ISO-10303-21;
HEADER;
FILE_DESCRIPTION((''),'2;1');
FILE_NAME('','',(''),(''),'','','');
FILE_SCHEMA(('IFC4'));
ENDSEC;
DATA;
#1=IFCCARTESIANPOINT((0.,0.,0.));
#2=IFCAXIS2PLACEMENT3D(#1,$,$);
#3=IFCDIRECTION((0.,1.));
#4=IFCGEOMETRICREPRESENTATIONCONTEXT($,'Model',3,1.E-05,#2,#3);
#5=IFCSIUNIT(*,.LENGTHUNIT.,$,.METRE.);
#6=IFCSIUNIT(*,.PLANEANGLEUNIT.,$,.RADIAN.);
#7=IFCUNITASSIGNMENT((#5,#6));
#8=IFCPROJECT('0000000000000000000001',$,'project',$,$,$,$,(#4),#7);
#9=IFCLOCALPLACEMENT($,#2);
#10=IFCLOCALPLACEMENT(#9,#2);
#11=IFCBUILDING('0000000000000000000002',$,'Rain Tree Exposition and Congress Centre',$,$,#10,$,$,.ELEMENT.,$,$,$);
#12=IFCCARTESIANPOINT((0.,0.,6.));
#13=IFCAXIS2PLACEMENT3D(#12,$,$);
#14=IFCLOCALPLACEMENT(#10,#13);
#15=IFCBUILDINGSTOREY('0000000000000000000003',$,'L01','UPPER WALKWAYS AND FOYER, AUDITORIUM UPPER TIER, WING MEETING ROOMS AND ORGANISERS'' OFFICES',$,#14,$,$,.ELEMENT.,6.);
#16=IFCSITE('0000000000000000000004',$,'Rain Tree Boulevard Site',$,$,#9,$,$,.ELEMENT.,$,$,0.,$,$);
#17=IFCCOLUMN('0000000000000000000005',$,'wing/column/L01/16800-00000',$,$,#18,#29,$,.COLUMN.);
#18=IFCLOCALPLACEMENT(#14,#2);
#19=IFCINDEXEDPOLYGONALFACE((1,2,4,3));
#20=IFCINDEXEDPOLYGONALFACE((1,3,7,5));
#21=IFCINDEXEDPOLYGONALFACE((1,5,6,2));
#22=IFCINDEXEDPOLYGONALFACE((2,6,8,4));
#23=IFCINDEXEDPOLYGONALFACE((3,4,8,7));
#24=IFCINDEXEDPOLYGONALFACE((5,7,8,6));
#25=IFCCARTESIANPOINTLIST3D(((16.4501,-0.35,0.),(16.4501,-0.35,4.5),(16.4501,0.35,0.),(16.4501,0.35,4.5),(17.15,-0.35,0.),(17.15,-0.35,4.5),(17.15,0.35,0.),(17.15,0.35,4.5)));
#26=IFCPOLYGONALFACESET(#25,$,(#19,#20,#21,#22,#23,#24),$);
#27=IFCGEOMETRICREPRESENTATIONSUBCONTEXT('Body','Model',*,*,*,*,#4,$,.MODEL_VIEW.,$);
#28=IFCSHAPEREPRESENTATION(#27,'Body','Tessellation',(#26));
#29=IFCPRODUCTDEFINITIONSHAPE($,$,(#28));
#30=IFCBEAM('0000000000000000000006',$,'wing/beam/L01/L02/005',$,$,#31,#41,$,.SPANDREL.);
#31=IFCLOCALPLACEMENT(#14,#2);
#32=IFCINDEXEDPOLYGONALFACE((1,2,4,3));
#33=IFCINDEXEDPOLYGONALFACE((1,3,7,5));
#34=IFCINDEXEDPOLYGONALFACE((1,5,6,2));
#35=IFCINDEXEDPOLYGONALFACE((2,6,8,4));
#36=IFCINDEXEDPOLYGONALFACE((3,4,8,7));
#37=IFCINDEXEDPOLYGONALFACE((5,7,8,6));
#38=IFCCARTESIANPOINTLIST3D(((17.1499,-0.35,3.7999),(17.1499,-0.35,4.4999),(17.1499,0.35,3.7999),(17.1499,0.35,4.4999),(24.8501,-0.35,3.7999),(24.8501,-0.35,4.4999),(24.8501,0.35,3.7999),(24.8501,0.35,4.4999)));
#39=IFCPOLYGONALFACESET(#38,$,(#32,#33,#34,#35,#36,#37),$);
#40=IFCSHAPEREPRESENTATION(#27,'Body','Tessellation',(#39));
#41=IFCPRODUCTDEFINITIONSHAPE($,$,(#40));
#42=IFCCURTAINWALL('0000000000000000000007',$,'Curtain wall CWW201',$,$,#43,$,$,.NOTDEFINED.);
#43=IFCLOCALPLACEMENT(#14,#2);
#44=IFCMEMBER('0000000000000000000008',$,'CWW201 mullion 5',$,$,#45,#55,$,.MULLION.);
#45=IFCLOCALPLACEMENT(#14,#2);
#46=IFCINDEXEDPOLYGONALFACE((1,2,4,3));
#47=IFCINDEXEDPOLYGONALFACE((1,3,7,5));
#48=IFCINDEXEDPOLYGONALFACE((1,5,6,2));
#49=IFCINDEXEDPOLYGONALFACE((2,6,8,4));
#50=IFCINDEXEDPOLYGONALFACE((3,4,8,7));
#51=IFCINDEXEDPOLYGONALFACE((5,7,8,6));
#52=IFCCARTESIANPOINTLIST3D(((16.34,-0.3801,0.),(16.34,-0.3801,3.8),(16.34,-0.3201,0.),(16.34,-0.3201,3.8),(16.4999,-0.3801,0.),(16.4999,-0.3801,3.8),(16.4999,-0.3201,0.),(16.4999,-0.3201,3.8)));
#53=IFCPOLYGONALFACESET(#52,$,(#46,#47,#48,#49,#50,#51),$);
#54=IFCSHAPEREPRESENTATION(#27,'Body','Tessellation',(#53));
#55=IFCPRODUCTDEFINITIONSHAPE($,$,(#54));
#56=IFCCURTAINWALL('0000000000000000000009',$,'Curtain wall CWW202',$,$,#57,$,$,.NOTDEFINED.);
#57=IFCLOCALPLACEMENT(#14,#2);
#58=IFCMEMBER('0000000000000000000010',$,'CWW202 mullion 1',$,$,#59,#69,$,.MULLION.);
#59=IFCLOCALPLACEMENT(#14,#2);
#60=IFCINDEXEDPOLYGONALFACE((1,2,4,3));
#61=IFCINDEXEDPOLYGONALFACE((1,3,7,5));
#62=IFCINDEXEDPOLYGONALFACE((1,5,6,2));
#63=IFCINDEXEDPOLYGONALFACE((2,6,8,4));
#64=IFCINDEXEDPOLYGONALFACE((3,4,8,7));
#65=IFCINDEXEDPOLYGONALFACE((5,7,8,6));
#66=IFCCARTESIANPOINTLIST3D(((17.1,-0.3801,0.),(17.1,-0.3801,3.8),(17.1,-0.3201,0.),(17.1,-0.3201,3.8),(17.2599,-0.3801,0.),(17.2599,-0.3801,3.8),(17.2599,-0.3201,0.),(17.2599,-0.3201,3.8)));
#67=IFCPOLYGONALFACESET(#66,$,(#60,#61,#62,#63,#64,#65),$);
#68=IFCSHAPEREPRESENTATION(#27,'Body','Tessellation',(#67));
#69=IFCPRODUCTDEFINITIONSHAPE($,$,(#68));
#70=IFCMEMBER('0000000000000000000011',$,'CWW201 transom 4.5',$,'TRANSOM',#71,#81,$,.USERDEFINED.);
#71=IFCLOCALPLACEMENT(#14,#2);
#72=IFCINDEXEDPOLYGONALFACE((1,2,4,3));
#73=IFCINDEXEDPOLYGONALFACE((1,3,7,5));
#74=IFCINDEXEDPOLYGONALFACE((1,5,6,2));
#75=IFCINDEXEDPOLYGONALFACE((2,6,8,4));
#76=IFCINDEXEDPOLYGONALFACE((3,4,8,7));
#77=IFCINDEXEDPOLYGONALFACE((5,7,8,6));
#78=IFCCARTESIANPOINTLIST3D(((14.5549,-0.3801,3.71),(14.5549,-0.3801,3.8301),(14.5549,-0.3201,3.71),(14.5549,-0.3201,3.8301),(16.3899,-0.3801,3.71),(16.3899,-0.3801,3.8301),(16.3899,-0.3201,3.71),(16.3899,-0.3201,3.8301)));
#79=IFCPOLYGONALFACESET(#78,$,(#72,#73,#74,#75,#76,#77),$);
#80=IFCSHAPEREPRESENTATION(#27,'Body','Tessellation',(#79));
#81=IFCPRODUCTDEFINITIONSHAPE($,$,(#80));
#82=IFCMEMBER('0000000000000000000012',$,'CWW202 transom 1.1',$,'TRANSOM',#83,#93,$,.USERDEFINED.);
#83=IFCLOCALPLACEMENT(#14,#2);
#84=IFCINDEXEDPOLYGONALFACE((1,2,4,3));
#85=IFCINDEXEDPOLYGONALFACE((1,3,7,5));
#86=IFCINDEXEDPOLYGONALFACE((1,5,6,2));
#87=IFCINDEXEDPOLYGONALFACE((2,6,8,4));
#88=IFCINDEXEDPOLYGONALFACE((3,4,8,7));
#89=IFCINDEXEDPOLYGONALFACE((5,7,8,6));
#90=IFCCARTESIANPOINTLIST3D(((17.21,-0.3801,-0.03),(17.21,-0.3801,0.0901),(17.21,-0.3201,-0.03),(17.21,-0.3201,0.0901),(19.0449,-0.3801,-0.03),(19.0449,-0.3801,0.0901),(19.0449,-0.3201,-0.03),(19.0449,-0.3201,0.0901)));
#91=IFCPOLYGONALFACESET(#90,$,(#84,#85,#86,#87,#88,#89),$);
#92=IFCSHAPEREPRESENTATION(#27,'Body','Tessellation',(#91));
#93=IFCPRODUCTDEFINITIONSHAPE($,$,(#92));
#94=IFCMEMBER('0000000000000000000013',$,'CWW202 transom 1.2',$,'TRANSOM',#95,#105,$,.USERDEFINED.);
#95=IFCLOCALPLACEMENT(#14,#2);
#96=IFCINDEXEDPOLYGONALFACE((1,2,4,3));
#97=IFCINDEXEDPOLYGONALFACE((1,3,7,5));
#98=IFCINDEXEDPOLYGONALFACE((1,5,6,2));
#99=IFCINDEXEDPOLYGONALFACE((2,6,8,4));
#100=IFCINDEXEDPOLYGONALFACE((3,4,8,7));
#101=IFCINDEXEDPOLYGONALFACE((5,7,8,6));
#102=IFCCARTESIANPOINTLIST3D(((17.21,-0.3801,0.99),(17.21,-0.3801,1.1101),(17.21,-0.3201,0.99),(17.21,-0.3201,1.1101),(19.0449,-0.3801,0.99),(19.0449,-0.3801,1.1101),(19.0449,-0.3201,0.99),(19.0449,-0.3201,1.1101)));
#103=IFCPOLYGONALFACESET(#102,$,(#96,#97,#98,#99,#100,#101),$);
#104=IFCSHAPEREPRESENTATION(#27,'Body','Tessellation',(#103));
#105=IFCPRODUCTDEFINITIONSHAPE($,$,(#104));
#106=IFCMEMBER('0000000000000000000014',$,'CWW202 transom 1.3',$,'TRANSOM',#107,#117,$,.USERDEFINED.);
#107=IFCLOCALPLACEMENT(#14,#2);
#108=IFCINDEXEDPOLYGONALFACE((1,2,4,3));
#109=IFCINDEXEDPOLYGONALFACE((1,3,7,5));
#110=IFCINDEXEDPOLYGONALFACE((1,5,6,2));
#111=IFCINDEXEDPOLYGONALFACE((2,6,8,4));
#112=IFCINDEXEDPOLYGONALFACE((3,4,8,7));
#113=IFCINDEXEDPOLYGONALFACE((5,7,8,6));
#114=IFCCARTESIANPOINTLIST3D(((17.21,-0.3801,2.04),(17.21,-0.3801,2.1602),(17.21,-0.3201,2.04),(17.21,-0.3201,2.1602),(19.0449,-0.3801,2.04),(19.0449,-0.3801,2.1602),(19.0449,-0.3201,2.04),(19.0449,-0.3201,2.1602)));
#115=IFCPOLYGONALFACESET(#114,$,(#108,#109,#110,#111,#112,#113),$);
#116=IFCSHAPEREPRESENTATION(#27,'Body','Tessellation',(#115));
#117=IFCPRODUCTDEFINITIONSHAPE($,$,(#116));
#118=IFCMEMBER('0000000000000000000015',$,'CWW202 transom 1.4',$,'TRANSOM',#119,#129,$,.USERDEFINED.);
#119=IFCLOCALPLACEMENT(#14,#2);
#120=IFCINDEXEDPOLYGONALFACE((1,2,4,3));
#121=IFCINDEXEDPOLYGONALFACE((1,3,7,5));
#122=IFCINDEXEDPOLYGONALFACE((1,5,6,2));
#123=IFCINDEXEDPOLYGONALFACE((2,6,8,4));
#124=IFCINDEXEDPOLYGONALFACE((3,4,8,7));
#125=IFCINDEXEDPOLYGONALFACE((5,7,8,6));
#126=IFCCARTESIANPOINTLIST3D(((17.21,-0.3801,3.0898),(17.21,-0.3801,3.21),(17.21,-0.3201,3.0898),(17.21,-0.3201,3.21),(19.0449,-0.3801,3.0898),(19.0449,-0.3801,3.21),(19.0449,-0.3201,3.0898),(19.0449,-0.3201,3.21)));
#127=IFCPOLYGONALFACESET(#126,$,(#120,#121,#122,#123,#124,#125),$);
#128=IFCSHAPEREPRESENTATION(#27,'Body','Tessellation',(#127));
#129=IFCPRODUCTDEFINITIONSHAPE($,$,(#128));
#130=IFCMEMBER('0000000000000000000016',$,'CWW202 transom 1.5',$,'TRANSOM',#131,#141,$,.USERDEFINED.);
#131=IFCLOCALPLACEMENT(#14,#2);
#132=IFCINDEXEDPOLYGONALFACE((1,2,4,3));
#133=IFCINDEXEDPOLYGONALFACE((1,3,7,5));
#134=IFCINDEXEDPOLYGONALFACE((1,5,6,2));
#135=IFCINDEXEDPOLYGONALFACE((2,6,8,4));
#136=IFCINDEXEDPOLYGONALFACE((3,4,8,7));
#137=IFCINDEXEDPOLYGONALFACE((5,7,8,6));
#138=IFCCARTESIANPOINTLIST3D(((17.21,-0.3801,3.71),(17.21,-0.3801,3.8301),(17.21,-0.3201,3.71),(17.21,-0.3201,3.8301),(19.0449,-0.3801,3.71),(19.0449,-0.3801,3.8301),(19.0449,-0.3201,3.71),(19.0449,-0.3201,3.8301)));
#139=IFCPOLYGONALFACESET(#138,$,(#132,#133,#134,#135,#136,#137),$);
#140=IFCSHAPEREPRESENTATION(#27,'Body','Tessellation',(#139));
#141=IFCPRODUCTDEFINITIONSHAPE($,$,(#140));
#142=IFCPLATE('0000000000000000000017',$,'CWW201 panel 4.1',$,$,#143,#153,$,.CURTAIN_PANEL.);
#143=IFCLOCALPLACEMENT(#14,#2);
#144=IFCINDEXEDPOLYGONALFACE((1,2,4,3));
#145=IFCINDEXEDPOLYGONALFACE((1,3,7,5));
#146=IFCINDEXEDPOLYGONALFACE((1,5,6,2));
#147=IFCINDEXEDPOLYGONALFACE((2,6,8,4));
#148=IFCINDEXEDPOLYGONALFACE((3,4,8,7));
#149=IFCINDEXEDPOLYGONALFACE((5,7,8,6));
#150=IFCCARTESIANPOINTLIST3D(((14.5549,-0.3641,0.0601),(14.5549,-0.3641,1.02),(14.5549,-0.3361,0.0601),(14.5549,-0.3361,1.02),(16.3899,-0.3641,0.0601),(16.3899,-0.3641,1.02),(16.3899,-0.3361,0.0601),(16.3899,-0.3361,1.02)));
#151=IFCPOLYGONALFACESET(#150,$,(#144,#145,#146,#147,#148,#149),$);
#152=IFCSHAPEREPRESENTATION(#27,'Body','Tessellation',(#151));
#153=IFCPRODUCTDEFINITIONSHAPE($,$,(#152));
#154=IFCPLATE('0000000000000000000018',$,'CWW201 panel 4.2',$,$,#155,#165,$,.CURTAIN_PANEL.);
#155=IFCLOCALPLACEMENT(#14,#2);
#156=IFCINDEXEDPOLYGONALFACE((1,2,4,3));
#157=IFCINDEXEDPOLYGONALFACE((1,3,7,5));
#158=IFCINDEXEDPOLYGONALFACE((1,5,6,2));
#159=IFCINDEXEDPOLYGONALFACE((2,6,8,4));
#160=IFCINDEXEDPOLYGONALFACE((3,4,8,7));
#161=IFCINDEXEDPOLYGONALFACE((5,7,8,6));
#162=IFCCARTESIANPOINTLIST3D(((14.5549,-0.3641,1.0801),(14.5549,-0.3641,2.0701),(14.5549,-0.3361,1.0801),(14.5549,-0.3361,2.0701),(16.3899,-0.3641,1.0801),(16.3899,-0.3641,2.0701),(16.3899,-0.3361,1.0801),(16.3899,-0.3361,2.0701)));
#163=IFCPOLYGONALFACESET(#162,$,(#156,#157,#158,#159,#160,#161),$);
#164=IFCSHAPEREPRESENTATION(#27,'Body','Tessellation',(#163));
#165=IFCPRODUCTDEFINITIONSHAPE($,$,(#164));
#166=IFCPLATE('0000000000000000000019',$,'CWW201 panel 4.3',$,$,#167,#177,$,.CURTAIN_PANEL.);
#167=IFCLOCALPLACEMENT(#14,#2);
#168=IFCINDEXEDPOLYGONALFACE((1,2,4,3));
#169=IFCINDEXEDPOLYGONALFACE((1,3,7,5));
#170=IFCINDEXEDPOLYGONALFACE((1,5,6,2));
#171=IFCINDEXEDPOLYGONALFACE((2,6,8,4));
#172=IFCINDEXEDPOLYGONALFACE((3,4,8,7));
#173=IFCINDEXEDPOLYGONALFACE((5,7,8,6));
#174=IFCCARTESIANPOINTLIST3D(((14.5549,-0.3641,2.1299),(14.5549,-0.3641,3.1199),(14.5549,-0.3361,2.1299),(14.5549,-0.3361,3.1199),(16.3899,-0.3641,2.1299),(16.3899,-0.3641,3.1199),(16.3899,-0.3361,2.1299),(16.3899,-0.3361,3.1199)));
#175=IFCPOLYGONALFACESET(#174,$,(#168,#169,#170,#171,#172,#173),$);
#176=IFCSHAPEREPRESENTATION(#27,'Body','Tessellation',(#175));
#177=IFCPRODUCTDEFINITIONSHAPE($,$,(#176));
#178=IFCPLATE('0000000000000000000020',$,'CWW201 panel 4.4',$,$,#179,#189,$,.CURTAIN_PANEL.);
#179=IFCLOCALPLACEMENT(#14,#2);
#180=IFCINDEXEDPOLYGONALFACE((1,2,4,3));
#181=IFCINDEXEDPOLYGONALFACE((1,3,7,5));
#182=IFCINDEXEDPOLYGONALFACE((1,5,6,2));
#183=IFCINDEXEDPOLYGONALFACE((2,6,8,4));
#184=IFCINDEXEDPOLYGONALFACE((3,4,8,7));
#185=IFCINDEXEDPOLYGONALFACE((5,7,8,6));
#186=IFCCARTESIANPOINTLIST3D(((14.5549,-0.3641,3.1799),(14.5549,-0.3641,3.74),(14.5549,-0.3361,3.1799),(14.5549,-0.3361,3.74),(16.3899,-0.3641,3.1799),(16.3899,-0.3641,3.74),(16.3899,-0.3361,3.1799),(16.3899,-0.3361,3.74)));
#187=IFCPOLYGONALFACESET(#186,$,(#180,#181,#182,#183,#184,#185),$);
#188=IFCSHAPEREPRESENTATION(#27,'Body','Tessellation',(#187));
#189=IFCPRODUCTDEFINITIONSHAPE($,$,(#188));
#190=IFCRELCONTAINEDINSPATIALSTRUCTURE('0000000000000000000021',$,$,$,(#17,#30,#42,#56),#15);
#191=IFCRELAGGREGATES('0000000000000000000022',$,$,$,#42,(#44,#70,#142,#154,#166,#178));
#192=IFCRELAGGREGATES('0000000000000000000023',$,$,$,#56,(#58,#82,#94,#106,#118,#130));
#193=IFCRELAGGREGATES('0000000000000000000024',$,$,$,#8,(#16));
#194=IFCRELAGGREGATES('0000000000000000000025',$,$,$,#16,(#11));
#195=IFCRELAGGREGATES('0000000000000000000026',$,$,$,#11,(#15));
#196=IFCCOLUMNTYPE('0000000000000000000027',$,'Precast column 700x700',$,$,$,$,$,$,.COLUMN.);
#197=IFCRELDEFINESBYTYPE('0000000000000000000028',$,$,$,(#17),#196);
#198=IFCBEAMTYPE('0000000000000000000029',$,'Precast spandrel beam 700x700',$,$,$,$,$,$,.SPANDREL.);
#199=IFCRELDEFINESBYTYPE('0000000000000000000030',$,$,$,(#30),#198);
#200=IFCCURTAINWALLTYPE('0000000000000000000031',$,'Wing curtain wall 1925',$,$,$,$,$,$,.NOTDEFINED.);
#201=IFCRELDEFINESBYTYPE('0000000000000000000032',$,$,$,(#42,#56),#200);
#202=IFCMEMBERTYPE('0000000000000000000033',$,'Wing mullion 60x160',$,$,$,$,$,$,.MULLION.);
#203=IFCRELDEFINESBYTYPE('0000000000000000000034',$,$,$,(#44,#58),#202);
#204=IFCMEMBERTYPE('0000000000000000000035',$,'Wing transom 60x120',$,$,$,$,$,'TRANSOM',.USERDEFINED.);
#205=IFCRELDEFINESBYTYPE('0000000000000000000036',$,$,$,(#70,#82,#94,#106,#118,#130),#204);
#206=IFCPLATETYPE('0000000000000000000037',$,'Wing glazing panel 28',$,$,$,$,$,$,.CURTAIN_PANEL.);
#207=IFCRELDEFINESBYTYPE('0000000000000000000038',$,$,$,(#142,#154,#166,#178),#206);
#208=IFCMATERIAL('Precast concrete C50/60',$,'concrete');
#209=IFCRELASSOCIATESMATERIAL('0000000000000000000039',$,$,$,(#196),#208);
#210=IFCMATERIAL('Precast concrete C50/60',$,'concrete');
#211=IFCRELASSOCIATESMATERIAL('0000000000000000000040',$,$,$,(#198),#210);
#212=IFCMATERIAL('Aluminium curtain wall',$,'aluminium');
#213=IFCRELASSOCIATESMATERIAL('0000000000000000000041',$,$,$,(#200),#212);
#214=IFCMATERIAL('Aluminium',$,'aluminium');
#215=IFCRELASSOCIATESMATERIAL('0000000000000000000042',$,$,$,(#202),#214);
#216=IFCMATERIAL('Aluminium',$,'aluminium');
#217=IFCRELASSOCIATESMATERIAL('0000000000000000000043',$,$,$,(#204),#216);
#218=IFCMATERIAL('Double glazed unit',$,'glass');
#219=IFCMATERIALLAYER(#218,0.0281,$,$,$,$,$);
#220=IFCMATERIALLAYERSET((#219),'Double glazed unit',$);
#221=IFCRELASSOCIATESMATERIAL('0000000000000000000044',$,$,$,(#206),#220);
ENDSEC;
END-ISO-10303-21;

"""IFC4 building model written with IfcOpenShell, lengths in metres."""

from ifc_helpers import new_model, si_unit, direction, frame, origin, origin_2d, place, context, subcontext, project, spatial, rectangle, extrude, material, layer, layer_set, material_profile, profile_set, type_object, element, aggregate, save


model = new_model("IFC4")

# Units and contexts
model_context = context("Model", 3, precision=1e-05, world=origin(), true_north=direction((0.0, 1.0)))
body_context = subcontext(model_context, "Body", "Model", "MODEL_VIEW")
ifc_project = project(units=[si_unit("LENGTHUNIT", "METRE"), si_unit("PLANEANGLEUNIT", "RADIAN")], contexts=[model_context])

# Site, building, storey
site_placement = place(None, origin())
site = spatial("IfcSite", under=ifc_project, at=site_placement, Name="Rain Tree Boulevard Site", CompositionType="ELEMENT", RefElevation=0.0)
building_placement = place(site_placement, origin())
building = spatial("IfcBuilding", under=site, at=building_placement, Name="Rain Tree Exposition and Congress Centre", CompositionType="ELEMENT")
storey_placement = place(building_placement, frame((0.0, 0.0, 6.0)))
storey = spatial("IfcBuildingStorey", under=building, at=storey_placement, Name="L01", Description="UPPER WALKWAYS AND FOYER, AUDITORIUM UPPER TIER, WING MEETING ROOMS AND ORGANISERS' OFFICES", CompositionType="ELEMENT", Elevation=6.0)

# Column
ifc_material_1 = material(Name="Precast concrete C50/60", Category="concrete")
ifc_material_profile_1 = material_profile(ifc_material_1, rectangle(XDim=0.7, YDim=0.7, at=origin_2d()), Name="RC 700x700")
ifc_profile_set_1 = profile_set([ifc_material_profile_1], Name="Precast concrete C50/60")
column_type = type_object("IfcColumnType", Name="Precast column 700x700", PredefinedType="COLUMN", material=ifc_profile_set_1)
column_placement = place(storey_placement, frame((16.8, 0.0, 0.0), z_axis=(0.0, 0.0, 1.0), x_axis=(1.0, 0.0, 0.0)))
element("IfcColumn", 1, at=column_placement, inside=storey, type_object=column_type, Name="wing/column/L01/16800-00000", PredefinedType="COLUMN", context=body_context, shape_type="SweptSolid", body=[
    extrude(rectangle(XDim=0.7, YDim=0.7, at=origin_2d()), origin(), (0.0, 0.0, 1.0), 4.5),
])

# Beam
ifc_material_2 = material(Name="Precast concrete C50/60", Category="concrete")
ifc_material_profile_2 = material_profile(ifc_material_2, rectangle(XDim=0.7, YDim=0.7, at=origin_2d()), Name="RC 700x700")
ifc_profile_set_2 = profile_set([ifc_material_profile_2], Name="Precast concrete C50/60")
beam_type = type_object("IfcBeamType", Name="Precast spandrel beam 700x700", PredefinedType="SPANDREL", material=ifc_profile_set_2)
beam_placement = place(storey_placement, frame((17.1499, 0.0, 4.1499), z_axis=(1.0, 0.0, 0.0), x_axis=(0.0, 1.0, 0.0)))
element("IfcBeam", 2, at=beam_placement, inside=storey, type_object=beam_type, Name="wing/beam/L01/L02/005", PredefinedType="SPANDREL", context=body_context, shape_type="SweptSolid", body=[
    extrude(rectangle(XDim=0.7, YDim=0.7, at=origin_2d()), origin(), (0.0, 0.0, 1.0), 7.7002),
])

# Curtain walls, members
ifc_material_3 = material(Name="Aluminium curtain wall", Category="aluminium")
curtain_wall_type = type_object("IfcCurtainWallType", Name="Wing curtain wall 1925", PredefinedType="NOTDEFINED", material=ifc_material_3)
curtain_wall_1_placement = place(storey_placement, origin())
curtain_wall_1 = element("IfcCurtainWall", 3, at=curtain_wall_1_placement, inside=storey, type_object=curtain_wall_type, Name="Curtain wall CWW201", PredefinedType="NOTDEFINED")
ifc_material_4 = material(Name="Aluminium", Category="aluminium")
ifc_material_profile_3 = material_profile(ifc_material_4, rectangle(XDim=0.0601, YDim=0.1599, at=origin_2d()), Name="Aluminium 60x160")
ifc_profile_set_3 = profile_set([ifc_material_profile_3], Name="Aluminium")
member_type_1 = type_object("IfcMemberType", Name="Wing mullion 60x160", PredefinedType="MULLION", material=ifc_profile_set_3)
member_1_placement = place(storey_placement, frame((16.4199, -0.3501, 0.0), z_axis=(0.0, 0.0, 1.0), x_axis=(0.0, 1.0, 0.0)))
member_1 = element("IfcMember", 4, at=member_1_placement, type_object=member_type_1, Name="CWW201 mullion 5", PredefinedType="MULLION", context=body_context, shape_type="SweptSolid", body=[
    extrude(rectangle(XDim=0.0601, YDim=0.1599, at=origin_2d()), origin(), (0.0, 0.0, 1.0), 3.8),
])
curtain_wall_2_placement = place(storey_placement, origin())
curtain_wall_2 = element("IfcCurtainWall", 5, at=curtain_wall_2_placement, inside=storey, type_object=curtain_wall_type, Name="Curtain wall CWW202", PredefinedType="NOTDEFINED")
member_2_placement = place(storey_placement, frame((17.1799, -0.3501, 0.0), z_axis=(0.0, 0.0, 1.0), x_axis=(0.0, 1.0, 0.0)))
member_2 = element("IfcMember", 6, at=member_2_placement, type_object=member_type_1, Name="CWW202 mullion 1", PredefinedType="MULLION", context=body_context, shape_type="SweptSolid", body=[
    extrude(rectangle(XDim=0.0601, YDim=0.1599, at=origin_2d()), origin(), (0.0, 0.0, 1.0), 3.8),
])

# Members
ifc_material_5 = material(Name="Aluminium", Category="aluminium")
ifc_material_profile_4 = material_profile(ifc_material_5, rectangle(XDim=0.0601, YDim=0.1201, at=origin_2d()), Name="Aluminium 60x120")
ifc_profile_set_4 = profile_set([ifc_material_profile_4], Name="Aluminium")
member_type_2 = type_object("IfcMemberType", Name="Wing transom 60x120", ElementType="TRANSOM", PredefinedType="USERDEFINED", material=ifc_profile_set_4)
member_3_placement = place(storey_placement, frame((14.5549, -0.3501, 3.77), z_axis=(1.0, 0.0, 0.0), x_axis=(0.0, 1.0, 0.0)))
member_3 = element("IfcMember", 7, at=member_3_placement, type_object=member_type_2, Name="CWW201 transom 4.5", ObjectType="TRANSOM", PredefinedType="USERDEFINED", context=body_context, shape_type="SweptSolid", body=[
    extrude(rectangle(XDim=0.0601, YDim=0.1201, at=origin_2d()), origin(), (0.0, 0.0, 1.0), 1.835),
])
member_4_placement = place(storey_placement, frame((17.21, -0.3501, 0.03), z_axis=(1.0, 0.0, 0.0), x_axis=(0.0, 1.0, 0.0)))
member_4 = element("IfcMember", 8, at=member_4_placement, type_object=member_type_2, Name="CWW202 transom 1.1", ObjectType="TRANSOM", PredefinedType="USERDEFINED", context=body_context, shape_type="SweptSolid", body=[
    extrude(rectangle(XDim=0.0601, YDim=0.1201, at=origin_2d()), origin(), (0.0, 0.0, 1.0), 1.835),
])
member_5_placement = place(storey_placement, frame((17.21, -0.3501, 1.05), z_axis=(1.0, 0.0, 0.0), x_axis=(0.0, 1.0, 0.0)))
member_5 = element("IfcMember", 9, at=member_5_placement, type_object=member_type_2, Name="CWW202 transom 1.2", ObjectType="TRANSOM", PredefinedType="USERDEFINED", context=body_context, shape_type="SweptSolid", body=[
    extrude(rectangle(XDim=0.0601, YDim=0.1201, at=origin_2d()), origin(), (0.0, 0.0, 1.0), 1.835),
])
member_6_placement = place(storey_placement, frame((17.21, -0.3501, 2.1001), z_axis=(1.0, 0.0, 0.0), x_axis=(0.0, 1.0, 0.0)))
member_6 = element("IfcMember", 10, at=member_6_placement, type_object=member_type_2, Name="CWW202 transom 1.3", ObjectType="TRANSOM", PredefinedType="USERDEFINED", context=body_context, shape_type="SweptSolid", body=[
    extrude(rectangle(XDim=0.0601, YDim=0.1201, at=origin_2d()), origin(), (0.0, 0.0, 1.0), 1.835),
])
member_7_placement = place(storey_placement, frame((17.21, -0.3501, 3.1499), z_axis=(1.0, 0.0, 0.0), x_axis=(0.0, 1.0, 0.0)))
member_7 = element("IfcMember", 11, at=member_7_placement, type_object=member_type_2, Name="CWW202 transom 1.4", ObjectType="TRANSOM", PredefinedType="USERDEFINED", context=body_context, shape_type="SweptSolid", body=[
    extrude(rectangle(XDim=0.0601, YDim=0.1201, at=origin_2d()), origin(), (0.0, 0.0, 1.0), 1.835),
])
member_8_placement = place(storey_placement, frame((17.21, -0.3501, 3.77), z_axis=(1.0, 0.0, 0.0), x_axis=(0.0, 1.0, 0.0)))
member_8 = element("IfcMember", 12, at=member_8_placement, type_object=member_type_2, Name="CWW202 transom 1.5", ObjectType="TRANSOM", PredefinedType="USERDEFINED", context=body_context, shape_type="SweptSolid", body=[
    extrude(rectangle(XDim=0.0601, YDim=0.1201, at=origin_2d()), origin(), (0.0, 0.0, 1.0), 1.835),
])

# Plates
ifc_material_6 = material(Name="Double glazed unit", Category="glass")
ifc_layer = layer(ifc_material_6, 0.0281)
ifc_layer_set = layer_set([ifc_layer], Name="Double glazed unit")
plate_type = type_object("IfcPlateType", Name="Wing glazing panel 28", PredefinedType="CURTAIN_PANEL", material=ifc_layer_set)
plate_1_placement = place(storey_placement, frame((15.4724, -0.3501, 0.0601), z_axis=(0.0, 0.0, 1.0), x_axis=(1.0, 0.0, 0.0)))
plate_1 = element("IfcPlate", 13, at=plate_1_placement, type_object=plate_type, Name="CWW201 panel 4.1", PredefinedType="CURTAIN_PANEL", context=body_context, shape_type="SweptSolid", body=[
    extrude(rectangle(XDim=1.835, YDim=0.0281, at=origin_2d()), origin(), (0.0, 0.0, 1.0), 0.96),
])
plate_2_placement = place(storey_placement, frame((15.4724, -0.3501, 1.0801), z_axis=(0.0, 0.0, 1.0), x_axis=(1.0, 0.0, 0.0)))
plate_2 = element("IfcPlate", 14, at=plate_2_placement, type_object=plate_type, Name="CWW201 panel 4.2", PredefinedType="CURTAIN_PANEL", context=body_context, shape_type="SweptSolid", body=[
    extrude(rectangle(XDim=1.835, YDim=0.0281, at=origin_2d()), origin(), (0.0, 0.0, 1.0), 0.99),
])
plate_3_placement = place(storey_placement, frame((15.4724, -0.3501, 2.1299), z_axis=(0.0, 0.0, 1.0), x_axis=(1.0, 0.0, 0.0)))
plate_3 = element("IfcPlate", 15, at=plate_3_placement, type_object=plate_type, Name="CWW201 panel 4.3", PredefinedType="CURTAIN_PANEL", context=body_context, shape_type="SweptSolid", body=[
    extrude(rectangle(XDim=1.835, YDim=0.0281, at=origin_2d()), origin(), (0.0, 0.0, 1.0), 0.99),
])
plate_4_placement = place(storey_placement, frame((15.4724, -0.3501, 3.1799), z_axis=(0.0, 0.0, 1.0), x_axis=(1.0, 0.0, 0.0)))
plate_4 = element("IfcPlate", 16, at=plate_4_placement, type_object=plate_type, Name="CWW201 panel 4.4", PredefinedType="CURTAIN_PANEL", context=body_context, shape_type="SweptSolid", body=[
    extrude(rectangle(XDim=1.835, YDim=0.0281, at=origin_2d()), origin(), (0.0, 0.0, 1.0), 0.5601),
])
aggregate(curtain_wall_1, [member_1, member_3, plate_1, plate_2, plate_3, plate_4])
aggregate(curtain_wall_2, [member_2, member_4, member_5, member_6, member_7, member_8])

save(model, "model.ifc")
